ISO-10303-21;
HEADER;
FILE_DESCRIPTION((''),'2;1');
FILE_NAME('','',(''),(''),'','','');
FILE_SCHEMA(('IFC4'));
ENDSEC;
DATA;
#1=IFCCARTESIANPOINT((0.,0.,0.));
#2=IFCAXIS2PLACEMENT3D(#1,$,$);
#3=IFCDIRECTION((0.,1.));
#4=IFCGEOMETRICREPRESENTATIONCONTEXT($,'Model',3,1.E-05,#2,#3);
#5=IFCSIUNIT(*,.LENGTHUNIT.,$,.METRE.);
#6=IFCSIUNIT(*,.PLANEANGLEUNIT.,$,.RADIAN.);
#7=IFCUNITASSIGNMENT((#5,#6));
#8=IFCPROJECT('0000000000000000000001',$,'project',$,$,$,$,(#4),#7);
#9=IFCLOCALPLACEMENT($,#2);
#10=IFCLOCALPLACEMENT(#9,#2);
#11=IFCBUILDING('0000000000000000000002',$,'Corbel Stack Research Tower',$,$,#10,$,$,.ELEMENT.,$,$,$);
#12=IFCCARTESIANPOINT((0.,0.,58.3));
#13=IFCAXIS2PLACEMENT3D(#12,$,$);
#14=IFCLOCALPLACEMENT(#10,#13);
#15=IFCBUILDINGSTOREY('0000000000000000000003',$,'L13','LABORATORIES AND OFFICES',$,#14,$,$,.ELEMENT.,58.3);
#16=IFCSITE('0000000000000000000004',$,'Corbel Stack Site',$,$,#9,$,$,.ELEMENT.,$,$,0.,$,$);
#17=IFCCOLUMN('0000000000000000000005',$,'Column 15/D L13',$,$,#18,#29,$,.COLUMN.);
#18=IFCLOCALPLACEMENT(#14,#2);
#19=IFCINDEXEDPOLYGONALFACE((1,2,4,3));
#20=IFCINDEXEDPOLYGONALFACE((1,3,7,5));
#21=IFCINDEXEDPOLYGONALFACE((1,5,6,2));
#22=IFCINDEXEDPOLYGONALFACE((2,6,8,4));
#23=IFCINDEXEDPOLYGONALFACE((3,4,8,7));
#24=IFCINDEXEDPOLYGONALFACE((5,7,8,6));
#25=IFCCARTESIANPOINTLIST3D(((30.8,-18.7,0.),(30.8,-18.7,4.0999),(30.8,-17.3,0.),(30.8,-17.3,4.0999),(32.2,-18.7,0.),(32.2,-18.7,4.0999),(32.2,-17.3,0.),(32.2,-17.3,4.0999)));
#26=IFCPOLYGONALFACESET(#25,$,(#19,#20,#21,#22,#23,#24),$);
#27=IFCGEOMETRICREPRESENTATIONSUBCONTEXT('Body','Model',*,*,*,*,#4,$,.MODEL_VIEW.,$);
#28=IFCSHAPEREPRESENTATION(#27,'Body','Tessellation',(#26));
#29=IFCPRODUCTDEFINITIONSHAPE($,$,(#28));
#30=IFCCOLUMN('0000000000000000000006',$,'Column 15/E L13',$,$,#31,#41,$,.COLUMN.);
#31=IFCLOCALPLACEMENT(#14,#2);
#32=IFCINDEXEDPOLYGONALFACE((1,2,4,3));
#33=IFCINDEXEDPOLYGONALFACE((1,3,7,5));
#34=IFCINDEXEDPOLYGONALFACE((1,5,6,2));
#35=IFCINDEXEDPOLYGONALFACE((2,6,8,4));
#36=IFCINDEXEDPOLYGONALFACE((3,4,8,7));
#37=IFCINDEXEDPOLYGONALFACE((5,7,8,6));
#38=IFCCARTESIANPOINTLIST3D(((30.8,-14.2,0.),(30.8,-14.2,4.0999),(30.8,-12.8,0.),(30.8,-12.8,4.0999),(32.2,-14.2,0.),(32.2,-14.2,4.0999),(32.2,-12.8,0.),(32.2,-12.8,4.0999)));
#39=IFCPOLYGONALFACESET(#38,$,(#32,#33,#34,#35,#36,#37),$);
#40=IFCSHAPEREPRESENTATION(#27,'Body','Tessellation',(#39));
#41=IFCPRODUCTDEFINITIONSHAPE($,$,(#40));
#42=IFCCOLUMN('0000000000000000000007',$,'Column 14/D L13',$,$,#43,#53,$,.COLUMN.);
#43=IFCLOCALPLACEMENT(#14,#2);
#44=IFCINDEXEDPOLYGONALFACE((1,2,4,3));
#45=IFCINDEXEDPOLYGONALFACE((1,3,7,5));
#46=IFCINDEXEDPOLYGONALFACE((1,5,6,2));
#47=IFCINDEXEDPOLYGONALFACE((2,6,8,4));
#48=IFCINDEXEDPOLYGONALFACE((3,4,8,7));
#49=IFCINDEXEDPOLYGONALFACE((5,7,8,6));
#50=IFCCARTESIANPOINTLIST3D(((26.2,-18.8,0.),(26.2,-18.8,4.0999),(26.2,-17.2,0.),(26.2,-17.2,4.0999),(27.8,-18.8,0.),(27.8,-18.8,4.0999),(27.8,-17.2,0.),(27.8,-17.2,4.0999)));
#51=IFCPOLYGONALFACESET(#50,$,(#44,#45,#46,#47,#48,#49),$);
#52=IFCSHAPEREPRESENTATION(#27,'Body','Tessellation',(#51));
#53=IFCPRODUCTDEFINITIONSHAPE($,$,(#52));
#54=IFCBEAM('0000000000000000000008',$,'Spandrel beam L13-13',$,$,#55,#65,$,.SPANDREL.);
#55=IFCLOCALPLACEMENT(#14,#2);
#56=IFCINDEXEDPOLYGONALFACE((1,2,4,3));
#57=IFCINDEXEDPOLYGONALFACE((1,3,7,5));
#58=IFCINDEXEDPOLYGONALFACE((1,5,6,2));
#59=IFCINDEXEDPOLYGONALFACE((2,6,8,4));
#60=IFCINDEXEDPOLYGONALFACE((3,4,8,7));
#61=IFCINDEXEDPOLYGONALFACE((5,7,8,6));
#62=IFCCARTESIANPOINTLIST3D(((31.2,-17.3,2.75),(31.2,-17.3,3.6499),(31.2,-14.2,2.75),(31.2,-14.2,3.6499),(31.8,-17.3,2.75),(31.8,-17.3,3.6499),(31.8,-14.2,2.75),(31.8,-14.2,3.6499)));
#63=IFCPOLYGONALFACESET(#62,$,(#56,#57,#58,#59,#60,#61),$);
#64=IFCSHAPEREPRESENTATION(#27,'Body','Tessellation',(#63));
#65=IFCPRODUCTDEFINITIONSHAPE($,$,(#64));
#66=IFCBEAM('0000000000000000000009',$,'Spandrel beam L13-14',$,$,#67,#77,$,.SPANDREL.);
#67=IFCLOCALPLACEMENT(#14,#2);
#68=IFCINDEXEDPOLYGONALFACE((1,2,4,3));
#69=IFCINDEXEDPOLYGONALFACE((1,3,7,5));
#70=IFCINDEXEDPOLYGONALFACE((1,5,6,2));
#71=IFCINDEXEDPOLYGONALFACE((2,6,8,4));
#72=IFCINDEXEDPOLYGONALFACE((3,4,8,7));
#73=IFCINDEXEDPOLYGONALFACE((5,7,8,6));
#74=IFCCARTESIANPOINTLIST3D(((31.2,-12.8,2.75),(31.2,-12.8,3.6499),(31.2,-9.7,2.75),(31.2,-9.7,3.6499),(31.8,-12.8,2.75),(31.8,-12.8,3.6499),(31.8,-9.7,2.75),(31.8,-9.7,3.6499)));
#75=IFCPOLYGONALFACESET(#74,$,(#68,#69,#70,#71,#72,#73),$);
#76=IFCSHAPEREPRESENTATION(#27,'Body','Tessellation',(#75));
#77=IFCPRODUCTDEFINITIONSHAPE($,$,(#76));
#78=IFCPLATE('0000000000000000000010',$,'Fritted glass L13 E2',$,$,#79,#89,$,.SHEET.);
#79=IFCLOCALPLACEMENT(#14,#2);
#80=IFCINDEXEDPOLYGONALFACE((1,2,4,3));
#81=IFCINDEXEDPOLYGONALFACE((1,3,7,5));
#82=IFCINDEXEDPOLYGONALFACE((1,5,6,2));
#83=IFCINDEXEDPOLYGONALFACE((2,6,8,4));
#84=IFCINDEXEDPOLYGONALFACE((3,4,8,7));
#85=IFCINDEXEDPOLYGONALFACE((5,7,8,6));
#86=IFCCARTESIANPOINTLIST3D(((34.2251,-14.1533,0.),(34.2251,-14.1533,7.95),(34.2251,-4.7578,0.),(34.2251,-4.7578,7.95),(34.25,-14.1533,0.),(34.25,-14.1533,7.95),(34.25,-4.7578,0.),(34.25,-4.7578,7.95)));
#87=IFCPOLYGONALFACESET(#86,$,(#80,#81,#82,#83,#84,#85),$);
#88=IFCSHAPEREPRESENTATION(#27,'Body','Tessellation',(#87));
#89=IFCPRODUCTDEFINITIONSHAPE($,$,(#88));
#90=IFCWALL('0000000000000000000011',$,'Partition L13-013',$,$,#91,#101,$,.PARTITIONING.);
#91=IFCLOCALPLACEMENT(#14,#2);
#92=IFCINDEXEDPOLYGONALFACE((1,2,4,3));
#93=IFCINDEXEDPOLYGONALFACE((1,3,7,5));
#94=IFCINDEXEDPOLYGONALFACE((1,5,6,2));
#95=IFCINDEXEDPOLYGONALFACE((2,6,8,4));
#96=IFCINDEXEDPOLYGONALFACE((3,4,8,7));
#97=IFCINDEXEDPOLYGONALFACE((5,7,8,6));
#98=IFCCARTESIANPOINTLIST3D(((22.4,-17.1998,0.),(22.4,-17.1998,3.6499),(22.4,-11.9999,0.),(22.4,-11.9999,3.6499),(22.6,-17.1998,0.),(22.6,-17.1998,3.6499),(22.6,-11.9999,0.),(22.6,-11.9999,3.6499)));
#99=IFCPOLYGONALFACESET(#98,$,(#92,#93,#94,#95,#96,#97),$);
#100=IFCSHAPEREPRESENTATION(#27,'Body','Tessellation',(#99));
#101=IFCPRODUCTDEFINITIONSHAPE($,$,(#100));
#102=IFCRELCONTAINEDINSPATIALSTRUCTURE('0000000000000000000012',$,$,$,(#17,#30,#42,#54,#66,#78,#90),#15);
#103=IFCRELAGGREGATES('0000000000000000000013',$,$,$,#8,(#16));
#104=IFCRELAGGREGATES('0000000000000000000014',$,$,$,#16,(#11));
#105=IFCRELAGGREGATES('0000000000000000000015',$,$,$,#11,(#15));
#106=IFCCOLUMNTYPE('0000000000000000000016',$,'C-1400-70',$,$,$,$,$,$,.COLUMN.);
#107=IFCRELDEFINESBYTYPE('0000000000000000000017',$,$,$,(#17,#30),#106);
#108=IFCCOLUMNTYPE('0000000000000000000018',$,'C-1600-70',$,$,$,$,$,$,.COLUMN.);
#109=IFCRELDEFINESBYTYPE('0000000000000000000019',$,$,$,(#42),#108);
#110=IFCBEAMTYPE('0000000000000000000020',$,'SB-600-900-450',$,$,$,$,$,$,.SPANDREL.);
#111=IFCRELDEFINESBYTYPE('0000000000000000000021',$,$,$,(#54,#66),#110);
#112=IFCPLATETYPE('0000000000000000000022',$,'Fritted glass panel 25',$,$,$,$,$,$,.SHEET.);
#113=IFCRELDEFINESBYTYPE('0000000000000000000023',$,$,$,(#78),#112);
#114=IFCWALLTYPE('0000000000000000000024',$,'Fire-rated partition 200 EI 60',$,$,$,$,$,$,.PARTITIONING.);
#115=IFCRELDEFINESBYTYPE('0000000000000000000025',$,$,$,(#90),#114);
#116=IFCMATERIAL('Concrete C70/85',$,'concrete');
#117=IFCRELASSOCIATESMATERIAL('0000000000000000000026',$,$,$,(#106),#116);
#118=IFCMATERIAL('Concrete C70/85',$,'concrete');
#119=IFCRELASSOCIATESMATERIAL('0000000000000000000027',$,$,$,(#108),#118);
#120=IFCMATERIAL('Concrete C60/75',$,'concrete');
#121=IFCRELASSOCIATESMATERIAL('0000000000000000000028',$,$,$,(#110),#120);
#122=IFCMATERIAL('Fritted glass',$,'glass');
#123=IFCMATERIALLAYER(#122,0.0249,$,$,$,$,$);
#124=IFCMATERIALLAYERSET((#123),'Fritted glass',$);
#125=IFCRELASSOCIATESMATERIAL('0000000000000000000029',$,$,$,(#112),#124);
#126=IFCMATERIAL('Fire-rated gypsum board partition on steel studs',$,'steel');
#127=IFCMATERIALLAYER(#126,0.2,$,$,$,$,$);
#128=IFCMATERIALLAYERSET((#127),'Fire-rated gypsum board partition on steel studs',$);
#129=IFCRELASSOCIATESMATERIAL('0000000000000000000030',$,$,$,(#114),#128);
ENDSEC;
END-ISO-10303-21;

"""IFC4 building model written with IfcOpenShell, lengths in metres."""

from ifc_helpers import new_model, si_unit, direction, frame, frame_2d, origin, origin_2d, place, context, subcontext, project, spatial, rectangle, extrude, material, layer, layer_set, material_profile, profile_set, type_object, element, save


model = new_model("IFC4")

# Units and contexts
model_context = context("Model", 3, precision=1e-05, world=origin(), true_north=direction((0.0, 1.0)))
body_context = subcontext(model_context, "Body", "Model", "MODEL_VIEW")
ifc_project = project(units=[si_unit("LENGTHUNIT", "METRE"), si_unit("PLANEANGLEUNIT", "RADIAN")], contexts=[model_context])

# Site, building, storey
site_placement = place(None, origin())
site = spatial("IfcSite", under=ifc_project, at=site_placement, Name="Corbel Stack Site", CompositionType="ELEMENT", RefElevation=0.0)
building_placement = place(site_placement, origin())
building = spatial("IfcBuilding", under=site, at=building_placement, Name="Corbel Stack Research Tower", CompositionType="ELEMENT")
storey_placement = place(building_placement, frame((0.0, 0.0, 58.3)))
storey = spatial("IfcBuildingStorey", under=building, at=storey_placement, Name="L13", Description="LABORATORIES AND OFFICES", CompositionType="ELEMENT", Elevation=58.3)

# Columns
ifc_material_1 = material(Name="Concrete C70/85", Category="concrete")
ifc_material_profile_1 = material_profile(ifc_material_1, rectangle(XDim=1.3999, YDim=1.3999, at=origin_2d()), Name="RC 1400 x 1400")
ifc_profile_set_1 = profile_set([ifc_material_profile_1], Name="Concrete C70/85")
column_type_1 = type_object("IfcColumnType", Name="C-1400-70", PredefinedType="COLUMN", material=ifc_profile_set_1)
for number, where, z_axis, x_axis, name in (
    (1, (31.5, -18.0, 0.0), (0.0, 0.0, 1.0), (1.0, 0.0, 0.0), "Column 15/D L13"),
    (2, (31.5, -13.5, 0.0), (0.0, 0.0, 1.0), (1.0, 0.0, 0.0), "Column 15/E L13"),
):
    element("IfcColumn", number, at=place(storey_placement, frame(where, z_axis=z_axis, x_axis=x_axis)), inside=storey, type_object=column_type_1, Name=name, PredefinedType="COLUMN", context=body_context, shape_type="SweptSolid", body=[
        extrude(rectangle(XDim=1.3999, YDim=1.3999, at=origin_2d()), origin(), (0.0, 0.0, 1.0), 4.0999),
    ])
ifc_material_2 = material(Name="Concrete C70/85", Category="concrete")
ifc_material_profile_2 = material_profile(ifc_material_2, rectangle(XDim=1.6001, YDim=1.6001, at=origin_2d()), Name="RC 1600 x 1600")
ifc_profile_set_2 = profile_set([ifc_material_profile_2], Name="Concrete C70/85")
column_type_2 = type_object("IfcColumnType", Name="C-1600-70", PredefinedType="COLUMN", material=ifc_profile_set_2)
column_placement = place(storey_placement, frame((27.0, -18.0, 0.0), z_axis=(0.0, 0.0, 1.0), x_axis=(1.0, 0.0, 0.0)))
element("IfcColumn", 3, at=column_placement, inside=storey, type_object=column_type_2, Name="Column 14/D L13", PredefinedType="COLUMN", context=body_context, shape_type="SweptSolid", body=[
    extrude(rectangle(XDim=1.6001, YDim=1.6001, at=origin_2d()), origin(), (0.0, 0.0, 1.0), 4.0999),
])

# Beams
ifc_material_3 = material(Name="Concrete C60/75", Category="concrete")
ifc_material_profile_3 = material_profile(ifc_material_3, rectangle(XDim=0.6001, YDim=0.8999, at=origin_2d()), Name="RC 600 x 900")
ifc_profile_set_3 = profile_set([ifc_material_profile_3], Name="Concrete C60/75")
beam_type = type_object("IfcBeamType", Name="SB-600-900-450", PredefinedType="SPANDREL", material=ifc_profile_set_3)
for number, where, z_axis, x_axis, name in (
    (4, (31.5, -17.3, 3.2), (0.0, 1.0, 0.0), (-1.0, 0.0, 0.0), "Spandrel beam L13-13"),
    (5, (31.5, -12.8, 3.2), (0.0, 1.0, 0.0), (-1.0, 0.0, 0.0), "Spandrel beam L13-14"),
):
    element("IfcBeam", number, at=place(storey_placement, frame(where, z_axis=z_axis, x_axis=x_axis)), inside=storey, type_object=beam_type, Name=name, PredefinedType="SPANDREL", context=body_context, shape_type="SweptSolid", body=[
        extrude(rectangle(XDim=0.6001, YDim=0.8999, at=origin_2d()), origin(), (0.0, 0.0, 1.0), 3.1001),
    ])

# Plate
ifc_material_4 = material(Name="Fritted glass", Category="glass")
ifc_layer_1 = layer(ifc_material_4, 0.0249)
ifc_layer_set_1 = layer_set([ifc_layer_1], Name="Fritted glass")
plate_type = type_object("IfcPlateType", Name="Fritted glass panel 25", PredefinedType="SHEET", material=ifc_layer_set_1)
plate_placement = place(storey_placement, frame((34.2375, -9.4556, 0.0), z_axis=(0.0, 0.0, 1.0), x_axis=(0.0, 1.0, 0.0)))
element("IfcPlate", 6, at=plate_placement, inside=storey, type_object=plate_type, Name="Fritted glass L13 E2", PredefinedType="SHEET", context=body_context, shape_type="SweptSolid", body=[
    extrude(rectangle(XDim=9.3955, YDim=0.0249, at=origin_2d()), origin(), (0.0, 0.0, 1.0), 7.95),
])

# Wall
ifc_material_5 = material(Name="Fire-rated gypsum board partition on steel studs", Category="steel")
ifc_layer_2 = layer(ifc_material_5, 0.2)
ifc_layer_set_2 = layer_set([ifc_layer_2], Name="Fire-rated gypsum board partition on steel studs")
wall_type_1 = type_object("IfcWallType", Name="Fire-rated partition 200 EI 60", PredefinedType="PARTITIONING", material=ifc_layer_set_2)
wall_1_placement = place(storey_placement, frame((22.5, -17.2, 0.0), z_axis=(0.0, 0.0, 1.0), x_axis=(0.0, 1.0, 0.0)))
element("IfcWall", 7, at=wall_1_placement, inside=storey, type_object=wall_type_1, Name="Partition L13-013", PredefinedType="PARTITIONING", context=body_context, shape_type="SweptSolid", body=[
    extrude(rectangle(XDim=5.2, YDim=0.2, at=frame_2d((2.6001, 0.0))), origin(), (0.0, 0.0, 1.0), 3.6499),
])

save(model, "model.ifc")
